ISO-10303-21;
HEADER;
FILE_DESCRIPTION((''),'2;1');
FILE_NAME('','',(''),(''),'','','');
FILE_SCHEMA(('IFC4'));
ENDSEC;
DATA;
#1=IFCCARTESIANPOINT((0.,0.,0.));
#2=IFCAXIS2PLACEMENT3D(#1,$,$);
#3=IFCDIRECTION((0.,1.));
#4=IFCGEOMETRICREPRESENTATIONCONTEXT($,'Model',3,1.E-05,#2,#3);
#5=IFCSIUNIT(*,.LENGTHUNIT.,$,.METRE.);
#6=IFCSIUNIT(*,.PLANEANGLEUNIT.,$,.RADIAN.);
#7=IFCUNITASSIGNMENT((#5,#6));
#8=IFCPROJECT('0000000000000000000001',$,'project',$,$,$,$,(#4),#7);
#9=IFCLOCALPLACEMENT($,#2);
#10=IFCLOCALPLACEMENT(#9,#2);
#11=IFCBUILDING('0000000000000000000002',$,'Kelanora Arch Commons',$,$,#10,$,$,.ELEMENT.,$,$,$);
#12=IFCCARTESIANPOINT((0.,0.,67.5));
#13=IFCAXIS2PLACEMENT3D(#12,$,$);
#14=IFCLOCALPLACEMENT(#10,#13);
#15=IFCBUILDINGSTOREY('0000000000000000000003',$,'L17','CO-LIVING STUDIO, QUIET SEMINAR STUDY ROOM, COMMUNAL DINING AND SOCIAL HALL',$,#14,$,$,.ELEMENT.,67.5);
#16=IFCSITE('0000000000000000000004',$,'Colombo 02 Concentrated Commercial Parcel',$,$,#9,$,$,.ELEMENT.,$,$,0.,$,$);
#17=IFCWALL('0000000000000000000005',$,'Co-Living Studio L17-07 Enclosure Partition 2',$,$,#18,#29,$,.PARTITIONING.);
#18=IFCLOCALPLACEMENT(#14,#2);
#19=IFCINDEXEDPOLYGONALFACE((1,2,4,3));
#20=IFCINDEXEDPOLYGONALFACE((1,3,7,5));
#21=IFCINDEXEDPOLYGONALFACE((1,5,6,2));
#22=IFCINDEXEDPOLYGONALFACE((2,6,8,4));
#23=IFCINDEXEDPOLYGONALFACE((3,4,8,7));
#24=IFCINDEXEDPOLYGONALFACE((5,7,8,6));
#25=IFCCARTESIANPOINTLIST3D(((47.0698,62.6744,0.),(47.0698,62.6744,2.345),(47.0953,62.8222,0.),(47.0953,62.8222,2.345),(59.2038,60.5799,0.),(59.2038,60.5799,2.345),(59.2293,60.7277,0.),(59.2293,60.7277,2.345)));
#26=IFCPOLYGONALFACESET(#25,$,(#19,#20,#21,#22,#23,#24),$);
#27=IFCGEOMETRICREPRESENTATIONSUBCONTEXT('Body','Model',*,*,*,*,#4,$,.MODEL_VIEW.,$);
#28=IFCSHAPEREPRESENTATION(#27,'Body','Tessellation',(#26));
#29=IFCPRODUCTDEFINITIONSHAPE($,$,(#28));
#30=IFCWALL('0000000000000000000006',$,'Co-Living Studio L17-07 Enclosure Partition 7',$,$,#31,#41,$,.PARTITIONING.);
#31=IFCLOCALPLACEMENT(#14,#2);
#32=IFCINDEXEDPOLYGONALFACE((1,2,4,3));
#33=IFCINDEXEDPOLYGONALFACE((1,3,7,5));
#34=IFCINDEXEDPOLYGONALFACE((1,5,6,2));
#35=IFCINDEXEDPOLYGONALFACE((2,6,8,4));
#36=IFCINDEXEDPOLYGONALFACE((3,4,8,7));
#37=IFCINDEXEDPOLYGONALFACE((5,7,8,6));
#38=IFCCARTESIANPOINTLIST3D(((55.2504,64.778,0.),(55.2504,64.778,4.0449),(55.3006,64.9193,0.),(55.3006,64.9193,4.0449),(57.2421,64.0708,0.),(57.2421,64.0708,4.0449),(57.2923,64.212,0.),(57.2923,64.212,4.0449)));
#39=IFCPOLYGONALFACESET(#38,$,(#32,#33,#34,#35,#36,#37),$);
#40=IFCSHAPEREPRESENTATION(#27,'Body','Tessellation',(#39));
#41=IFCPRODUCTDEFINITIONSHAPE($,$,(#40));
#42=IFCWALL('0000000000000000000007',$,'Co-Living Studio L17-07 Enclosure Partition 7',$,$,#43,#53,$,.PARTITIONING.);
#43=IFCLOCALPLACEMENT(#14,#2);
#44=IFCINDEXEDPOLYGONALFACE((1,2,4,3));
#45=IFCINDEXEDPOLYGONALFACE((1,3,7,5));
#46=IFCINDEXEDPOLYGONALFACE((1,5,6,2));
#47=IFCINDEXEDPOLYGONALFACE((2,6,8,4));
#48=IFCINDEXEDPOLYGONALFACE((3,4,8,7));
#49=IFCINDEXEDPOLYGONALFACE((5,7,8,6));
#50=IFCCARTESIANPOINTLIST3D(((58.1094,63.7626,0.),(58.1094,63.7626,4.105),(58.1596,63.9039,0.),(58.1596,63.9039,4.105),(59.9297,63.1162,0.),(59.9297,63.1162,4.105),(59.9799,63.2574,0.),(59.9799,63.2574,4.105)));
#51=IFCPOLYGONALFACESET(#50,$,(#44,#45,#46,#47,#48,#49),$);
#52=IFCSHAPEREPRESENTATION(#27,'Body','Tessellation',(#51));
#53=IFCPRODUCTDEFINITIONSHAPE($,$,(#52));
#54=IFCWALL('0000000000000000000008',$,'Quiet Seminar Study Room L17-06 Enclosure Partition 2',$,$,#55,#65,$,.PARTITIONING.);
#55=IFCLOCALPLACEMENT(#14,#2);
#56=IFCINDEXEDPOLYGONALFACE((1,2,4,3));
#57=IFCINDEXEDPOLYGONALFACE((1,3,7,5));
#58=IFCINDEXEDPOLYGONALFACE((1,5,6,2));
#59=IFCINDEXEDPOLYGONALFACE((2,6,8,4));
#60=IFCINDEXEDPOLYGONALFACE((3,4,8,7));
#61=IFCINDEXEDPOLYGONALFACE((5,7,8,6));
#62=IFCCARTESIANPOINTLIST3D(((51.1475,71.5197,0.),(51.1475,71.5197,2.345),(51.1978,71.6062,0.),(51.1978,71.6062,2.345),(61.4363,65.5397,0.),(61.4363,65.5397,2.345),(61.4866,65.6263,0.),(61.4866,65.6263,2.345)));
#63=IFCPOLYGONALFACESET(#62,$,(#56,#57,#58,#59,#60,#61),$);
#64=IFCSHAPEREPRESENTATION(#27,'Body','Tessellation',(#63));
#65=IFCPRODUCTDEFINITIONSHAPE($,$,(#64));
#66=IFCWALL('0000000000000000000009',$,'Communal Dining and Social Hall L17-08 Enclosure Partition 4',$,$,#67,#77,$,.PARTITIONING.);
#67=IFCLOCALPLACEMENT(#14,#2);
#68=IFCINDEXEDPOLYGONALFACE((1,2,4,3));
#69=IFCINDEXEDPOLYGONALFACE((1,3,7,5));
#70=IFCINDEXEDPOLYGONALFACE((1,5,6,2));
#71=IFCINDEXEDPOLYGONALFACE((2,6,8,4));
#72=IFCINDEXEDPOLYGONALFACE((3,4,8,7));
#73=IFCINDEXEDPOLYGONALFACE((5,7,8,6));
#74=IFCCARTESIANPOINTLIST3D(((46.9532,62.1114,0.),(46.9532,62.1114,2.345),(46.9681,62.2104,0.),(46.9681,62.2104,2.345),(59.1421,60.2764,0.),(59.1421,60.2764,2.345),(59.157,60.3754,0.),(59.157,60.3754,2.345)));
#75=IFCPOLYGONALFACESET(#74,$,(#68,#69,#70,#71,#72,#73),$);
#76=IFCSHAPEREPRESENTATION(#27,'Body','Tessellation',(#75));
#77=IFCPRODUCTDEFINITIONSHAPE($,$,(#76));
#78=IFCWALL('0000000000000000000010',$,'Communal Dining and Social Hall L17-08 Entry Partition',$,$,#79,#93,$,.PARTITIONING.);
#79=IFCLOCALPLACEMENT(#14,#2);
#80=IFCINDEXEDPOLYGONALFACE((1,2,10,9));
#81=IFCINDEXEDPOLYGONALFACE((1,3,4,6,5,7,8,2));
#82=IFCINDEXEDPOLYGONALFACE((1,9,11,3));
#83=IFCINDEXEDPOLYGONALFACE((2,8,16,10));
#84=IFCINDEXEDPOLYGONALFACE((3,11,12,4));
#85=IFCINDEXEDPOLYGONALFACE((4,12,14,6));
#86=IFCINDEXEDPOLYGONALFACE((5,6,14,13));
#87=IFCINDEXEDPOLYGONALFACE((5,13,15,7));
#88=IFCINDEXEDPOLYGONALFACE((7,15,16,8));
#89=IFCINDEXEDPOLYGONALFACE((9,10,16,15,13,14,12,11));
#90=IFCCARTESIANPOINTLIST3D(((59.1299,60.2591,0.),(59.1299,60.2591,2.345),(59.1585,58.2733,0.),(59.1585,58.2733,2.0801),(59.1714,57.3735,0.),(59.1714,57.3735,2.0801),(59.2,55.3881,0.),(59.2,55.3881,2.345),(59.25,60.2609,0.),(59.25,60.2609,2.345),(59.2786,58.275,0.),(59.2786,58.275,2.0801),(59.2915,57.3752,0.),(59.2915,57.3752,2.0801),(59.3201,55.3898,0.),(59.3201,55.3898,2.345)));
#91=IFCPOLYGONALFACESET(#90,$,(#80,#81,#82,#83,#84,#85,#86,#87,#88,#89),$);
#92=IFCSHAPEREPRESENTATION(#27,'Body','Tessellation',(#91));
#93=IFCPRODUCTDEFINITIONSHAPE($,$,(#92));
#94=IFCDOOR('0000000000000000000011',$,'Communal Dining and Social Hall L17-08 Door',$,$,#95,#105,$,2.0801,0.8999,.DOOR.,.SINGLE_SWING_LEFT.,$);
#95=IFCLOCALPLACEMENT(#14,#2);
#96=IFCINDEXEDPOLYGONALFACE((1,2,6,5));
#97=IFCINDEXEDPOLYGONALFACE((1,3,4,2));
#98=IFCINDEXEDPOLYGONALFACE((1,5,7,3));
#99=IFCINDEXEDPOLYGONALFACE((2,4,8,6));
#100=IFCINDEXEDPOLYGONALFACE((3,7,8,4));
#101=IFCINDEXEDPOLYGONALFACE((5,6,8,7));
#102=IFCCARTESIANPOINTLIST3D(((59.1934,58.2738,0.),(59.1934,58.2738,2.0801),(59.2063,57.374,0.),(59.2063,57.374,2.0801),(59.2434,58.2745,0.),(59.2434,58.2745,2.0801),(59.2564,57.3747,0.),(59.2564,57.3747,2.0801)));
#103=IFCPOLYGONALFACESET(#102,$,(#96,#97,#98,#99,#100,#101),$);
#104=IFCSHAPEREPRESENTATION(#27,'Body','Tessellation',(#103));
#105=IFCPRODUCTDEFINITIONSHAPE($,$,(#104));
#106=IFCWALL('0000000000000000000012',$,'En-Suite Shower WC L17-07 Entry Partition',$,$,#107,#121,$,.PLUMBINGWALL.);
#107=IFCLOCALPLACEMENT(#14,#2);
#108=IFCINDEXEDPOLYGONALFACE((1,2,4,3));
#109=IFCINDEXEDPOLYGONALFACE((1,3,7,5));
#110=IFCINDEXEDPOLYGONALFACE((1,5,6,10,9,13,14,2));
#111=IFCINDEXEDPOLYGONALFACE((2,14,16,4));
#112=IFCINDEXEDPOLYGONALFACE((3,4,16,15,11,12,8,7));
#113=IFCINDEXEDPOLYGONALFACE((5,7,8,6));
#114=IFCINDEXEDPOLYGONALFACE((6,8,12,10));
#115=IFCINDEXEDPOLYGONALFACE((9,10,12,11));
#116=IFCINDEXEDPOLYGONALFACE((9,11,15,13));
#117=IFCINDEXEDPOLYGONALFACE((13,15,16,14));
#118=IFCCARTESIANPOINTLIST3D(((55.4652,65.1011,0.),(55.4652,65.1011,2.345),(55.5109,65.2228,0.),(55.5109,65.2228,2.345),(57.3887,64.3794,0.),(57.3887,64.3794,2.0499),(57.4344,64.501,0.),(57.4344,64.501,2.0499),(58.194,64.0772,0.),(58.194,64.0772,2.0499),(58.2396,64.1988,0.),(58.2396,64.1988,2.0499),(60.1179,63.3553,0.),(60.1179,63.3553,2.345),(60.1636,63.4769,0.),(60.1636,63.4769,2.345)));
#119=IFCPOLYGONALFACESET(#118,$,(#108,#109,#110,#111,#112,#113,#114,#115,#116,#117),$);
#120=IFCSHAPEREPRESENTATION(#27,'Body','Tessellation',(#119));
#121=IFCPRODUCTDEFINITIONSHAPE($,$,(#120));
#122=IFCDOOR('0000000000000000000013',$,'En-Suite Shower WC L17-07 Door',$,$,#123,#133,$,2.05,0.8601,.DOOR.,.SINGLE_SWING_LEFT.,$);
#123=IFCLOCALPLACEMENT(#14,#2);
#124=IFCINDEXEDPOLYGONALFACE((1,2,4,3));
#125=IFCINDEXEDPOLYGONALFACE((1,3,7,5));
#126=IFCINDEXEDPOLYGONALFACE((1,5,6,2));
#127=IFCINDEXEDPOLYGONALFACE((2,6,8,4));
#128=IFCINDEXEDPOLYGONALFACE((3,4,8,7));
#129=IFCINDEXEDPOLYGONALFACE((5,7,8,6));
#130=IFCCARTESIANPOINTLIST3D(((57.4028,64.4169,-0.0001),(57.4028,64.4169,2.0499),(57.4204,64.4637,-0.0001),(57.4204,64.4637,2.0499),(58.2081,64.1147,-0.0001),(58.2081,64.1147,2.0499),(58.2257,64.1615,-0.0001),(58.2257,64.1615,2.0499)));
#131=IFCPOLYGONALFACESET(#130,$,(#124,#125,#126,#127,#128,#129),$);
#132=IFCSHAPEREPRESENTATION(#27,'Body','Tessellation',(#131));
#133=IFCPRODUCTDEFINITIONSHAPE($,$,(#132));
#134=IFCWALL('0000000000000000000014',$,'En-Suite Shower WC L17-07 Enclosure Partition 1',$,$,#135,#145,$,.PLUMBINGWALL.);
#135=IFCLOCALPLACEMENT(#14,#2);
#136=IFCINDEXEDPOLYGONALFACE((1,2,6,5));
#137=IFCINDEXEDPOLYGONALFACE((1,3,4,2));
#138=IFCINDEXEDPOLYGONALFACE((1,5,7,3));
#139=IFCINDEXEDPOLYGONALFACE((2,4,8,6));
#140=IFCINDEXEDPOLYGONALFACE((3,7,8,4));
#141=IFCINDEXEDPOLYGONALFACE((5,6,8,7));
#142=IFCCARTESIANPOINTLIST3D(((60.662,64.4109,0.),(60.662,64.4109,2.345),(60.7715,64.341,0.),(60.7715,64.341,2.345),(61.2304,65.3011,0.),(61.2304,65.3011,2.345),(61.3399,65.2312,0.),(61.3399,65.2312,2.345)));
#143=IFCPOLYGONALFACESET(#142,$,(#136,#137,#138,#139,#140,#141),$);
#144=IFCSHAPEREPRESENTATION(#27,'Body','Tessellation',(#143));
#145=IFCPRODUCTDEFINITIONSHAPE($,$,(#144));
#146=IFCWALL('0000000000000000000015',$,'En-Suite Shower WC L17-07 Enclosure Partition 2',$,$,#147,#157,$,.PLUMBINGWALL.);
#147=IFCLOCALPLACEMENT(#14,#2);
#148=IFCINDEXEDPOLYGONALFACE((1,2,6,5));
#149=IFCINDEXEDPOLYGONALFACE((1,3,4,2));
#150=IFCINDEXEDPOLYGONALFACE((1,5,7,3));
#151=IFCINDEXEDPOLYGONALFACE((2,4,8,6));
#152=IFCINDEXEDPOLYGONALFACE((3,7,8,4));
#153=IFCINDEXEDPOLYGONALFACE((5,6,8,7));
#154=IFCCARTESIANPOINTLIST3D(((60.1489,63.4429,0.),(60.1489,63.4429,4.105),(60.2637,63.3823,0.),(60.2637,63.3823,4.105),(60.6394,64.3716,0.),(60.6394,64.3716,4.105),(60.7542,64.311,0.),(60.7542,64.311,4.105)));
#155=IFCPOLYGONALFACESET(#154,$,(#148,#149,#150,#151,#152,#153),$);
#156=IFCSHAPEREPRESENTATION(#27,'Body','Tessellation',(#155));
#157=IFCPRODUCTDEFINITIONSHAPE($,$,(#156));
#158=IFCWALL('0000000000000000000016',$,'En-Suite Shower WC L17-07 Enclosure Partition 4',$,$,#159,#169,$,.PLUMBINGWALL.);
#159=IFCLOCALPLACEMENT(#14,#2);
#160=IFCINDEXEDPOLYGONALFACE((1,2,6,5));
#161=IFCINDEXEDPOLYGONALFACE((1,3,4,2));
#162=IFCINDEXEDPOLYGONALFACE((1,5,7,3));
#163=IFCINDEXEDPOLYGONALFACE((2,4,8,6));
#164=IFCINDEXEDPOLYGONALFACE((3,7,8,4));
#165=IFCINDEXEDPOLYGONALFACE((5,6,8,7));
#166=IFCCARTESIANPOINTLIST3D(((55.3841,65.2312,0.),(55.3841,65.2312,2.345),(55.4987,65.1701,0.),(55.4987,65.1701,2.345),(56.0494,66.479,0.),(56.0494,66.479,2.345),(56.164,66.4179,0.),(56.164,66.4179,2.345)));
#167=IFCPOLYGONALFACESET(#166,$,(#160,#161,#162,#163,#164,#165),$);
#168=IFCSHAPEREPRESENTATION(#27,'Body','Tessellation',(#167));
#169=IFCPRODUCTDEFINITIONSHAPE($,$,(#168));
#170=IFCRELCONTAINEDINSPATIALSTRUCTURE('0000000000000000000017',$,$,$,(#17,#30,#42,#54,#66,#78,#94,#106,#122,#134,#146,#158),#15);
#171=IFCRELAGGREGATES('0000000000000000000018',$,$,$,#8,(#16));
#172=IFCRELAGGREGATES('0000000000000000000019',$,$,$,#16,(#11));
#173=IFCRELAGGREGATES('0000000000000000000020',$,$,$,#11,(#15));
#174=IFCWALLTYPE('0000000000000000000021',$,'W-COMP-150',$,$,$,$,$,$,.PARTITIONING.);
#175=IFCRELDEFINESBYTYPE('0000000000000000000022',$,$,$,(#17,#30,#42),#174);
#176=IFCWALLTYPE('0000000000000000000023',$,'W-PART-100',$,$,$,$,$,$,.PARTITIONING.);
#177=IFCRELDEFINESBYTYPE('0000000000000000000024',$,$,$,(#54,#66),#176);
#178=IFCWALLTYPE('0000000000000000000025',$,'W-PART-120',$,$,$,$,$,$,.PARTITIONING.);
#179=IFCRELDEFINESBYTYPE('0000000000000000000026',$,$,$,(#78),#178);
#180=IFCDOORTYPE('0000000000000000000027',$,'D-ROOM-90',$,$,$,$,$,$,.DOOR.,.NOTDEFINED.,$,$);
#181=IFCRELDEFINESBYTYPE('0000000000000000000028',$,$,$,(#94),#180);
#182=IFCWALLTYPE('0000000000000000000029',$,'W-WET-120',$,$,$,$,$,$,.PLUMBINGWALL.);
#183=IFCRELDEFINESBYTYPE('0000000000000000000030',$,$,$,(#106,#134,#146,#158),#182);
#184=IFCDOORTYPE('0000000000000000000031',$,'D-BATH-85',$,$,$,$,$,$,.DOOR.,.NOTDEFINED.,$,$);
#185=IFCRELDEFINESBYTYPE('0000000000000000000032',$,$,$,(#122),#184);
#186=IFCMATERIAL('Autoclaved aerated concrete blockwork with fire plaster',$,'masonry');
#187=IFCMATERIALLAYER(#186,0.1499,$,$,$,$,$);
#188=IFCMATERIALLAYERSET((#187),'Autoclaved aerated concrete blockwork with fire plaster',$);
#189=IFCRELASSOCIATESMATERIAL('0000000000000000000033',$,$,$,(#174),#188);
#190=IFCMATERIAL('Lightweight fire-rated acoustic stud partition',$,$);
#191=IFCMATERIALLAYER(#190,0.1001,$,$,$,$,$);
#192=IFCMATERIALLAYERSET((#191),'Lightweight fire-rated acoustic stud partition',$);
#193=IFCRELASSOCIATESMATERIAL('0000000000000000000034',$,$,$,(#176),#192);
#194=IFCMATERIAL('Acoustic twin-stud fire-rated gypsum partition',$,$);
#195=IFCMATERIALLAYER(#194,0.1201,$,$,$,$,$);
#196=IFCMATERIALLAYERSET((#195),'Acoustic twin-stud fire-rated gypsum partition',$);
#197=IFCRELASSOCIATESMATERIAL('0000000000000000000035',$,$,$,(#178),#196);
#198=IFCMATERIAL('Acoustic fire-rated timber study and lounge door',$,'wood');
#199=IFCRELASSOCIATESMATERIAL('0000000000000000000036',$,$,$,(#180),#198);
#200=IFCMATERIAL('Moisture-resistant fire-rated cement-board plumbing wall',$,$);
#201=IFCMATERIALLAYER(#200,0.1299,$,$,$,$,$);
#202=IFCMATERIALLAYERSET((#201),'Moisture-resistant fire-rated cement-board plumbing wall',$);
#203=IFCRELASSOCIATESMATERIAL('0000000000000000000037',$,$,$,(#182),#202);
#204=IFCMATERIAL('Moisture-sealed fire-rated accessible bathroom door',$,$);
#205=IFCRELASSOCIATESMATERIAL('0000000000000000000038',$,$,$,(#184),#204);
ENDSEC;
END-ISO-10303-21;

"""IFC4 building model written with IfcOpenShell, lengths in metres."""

from ifc_helpers import new_model, si_unit, direction, frame, frame_2d, origin, place, context, subcontext, project, spatial, rectangle, extrude, material, layer, layer_set, type_object, element, fill, save


model = new_model("IFC4")

# Units and contexts
model_context = context("Model", 3, precision=1e-05, world=origin(), true_north=direction((0.0, 1.0)))
body_context = subcontext(model_context, "Body", "Model", "MODEL_VIEW")
ifc_project = project(units=[si_unit("LENGTHUNIT", "METRE"), si_unit("PLANEANGLEUNIT", "RADIAN")], contexts=[model_context])

# Site, building, storey
site_placement = place(None, origin())
site = spatial("IfcSite", under=ifc_project, at=site_placement, Name="Colombo 02 Concentrated Commercial Parcel", CompositionType="ELEMENT", RefElevation=0.0)
building_placement = place(site_placement, origin())
building = spatial("IfcBuilding", under=site, at=building_placement, Name="Kelanora Arch Commons", CompositionType="ELEMENT")
storey_placement = place(building_placement, frame((0.0, 0.0, 67.5)))
storey = spatial("IfcBuildingStorey", under=building, at=storey_placement, Name="L17", Description="CO-LIVING STUDIO, QUIET SEMINAR STUDY ROOM, COMMUNAL DINING AND SOCIAL HALL", CompositionType="ELEMENT", Elevation=67.5)

# Shared definitions
ifc_material_1 = material(Name="Autoclaved aerated concrete blockwork with fire plaster", Category="masonry")
ifc_layer_1 = layer(ifc_material_1, 0.1499)
ifc_layer_set_1 = layer_set([ifc_layer_1], Name="Autoclaved aerated concrete blockwork with fire plaster")
wall_type_1 = type_object("IfcWallType", Name="W-COMP-150", PredefinedType="PARTITIONING", material=ifc_layer_set_1)

# Walls
wall_1_placement = place(storey_placement, frame((59.2166, 60.6538, 0.0), z_axis=(0.0, 0.0, 1.0), x_axis=(-0.985427, 0.170097, 0.0)))
element("IfcWall", 1, at=wall_1_placement, inside=storey, type_object=wall_type_1, Name="Co-Living Studio L17-07 Enclosure Partition 2", PredefinedType="PARTITIONING", context=body_context, shape_type="SweptSolid", body=[
    extrude(rectangle(XDim=12.3135, YDim=0.1499, at=frame_2d((6.1567, 0.0))), origin(), (0.0, 0.0, 1.0), 2.345),
])
wall_2_placement = place(storey_placement, frame((55.2756, 64.8486, 0.0), z_axis=(0.0, 0.0, 1.0), x_axis=(0.942347, -0.334638, 0.0)))
element("IfcWall", 2, at=wall_2_placement, inside=storey, type_object=wall_type_1, Name="Co-Living Studio L17-07 Enclosure Partition 7", PredefinedType="PARTITIONING", context=body_context, shape_type="SweptSolid", body=[
    extrude(rectangle(XDim=2.1135, YDim=0.1499, at=frame_2d((1.0566, 0.0))), origin(), (0.0, 0.0, 1.0), 4.0449),
])
wall_3_placement = place(storey_placement, frame((58.1345, 63.8333, 0.0), z_axis=(0.0, 0.0, 1.0), x_axis=(0.942335, -0.334671, 0.0)))
element("IfcWall", 3, at=wall_3_placement, inside=storey, type_object=wall_type_1, Name="Co-Living Studio L17-07 Enclosure Partition 7", PredefinedType="PARTITIONING", context=body_context, shape_type="SweptSolid", body=[
    extrude(rectangle(XDim=1.9316, YDim=0.1499, at=frame_2d((0.9658, 0.0))), origin(), (0.0, 0.0, 1.0), 4.105),
])
ifc_material_2 = material(Name="Lightweight fire-rated acoustic stud partition")
ifc_layer_2 = layer(ifc_material_2, 0.1001)
ifc_layer_set_2 = layer_set([ifc_layer_2], Name="Lightweight fire-rated acoustic stud partition")
wall_type_2 = type_object("IfcWallType", Name="W-PART-100", PredefinedType="PARTITIONING", material=ifc_layer_set_2)
wall_4_placement = place(storey_placement, frame((61.4614, 65.583, 0.0), z_axis=(0.0, 0.0, 1.0), x_axis=(-0.864576, 0.502502, 0.0)))
element("IfcWall", 4, at=wall_4_placement, inside=storey, type_object=wall_type_2, Name="Quiet Seminar Study Room L17-06 Enclosure Partition 2", PredefinedType="PARTITIONING", context=body_context, shape_type="SweptSolid", body=[
    extrude(rectangle(XDim=11.9004, YDim=0.1001, at=frame_2d((5.9502, 0.0))), origin(), (0.0, 0.0, 1.0), 2.345),
])
wall_5_placement = place(storey_placement, frame((46.9607, 62.1609, 0.0), z_axis=(0.0, 0.0, 1.0), x_axis=(0.988857, -0.148868, 0.0)))
element("IfcWall", 5, at=wall_5_placement, inside=storey, type_object=wall_type_2, Name="Communal Dining and Social Hall L17-08 Enclosure Partition 4", PredefinedType="PARTITIONING", context=body_context, shape_type="SweptSolid", body=[
    extrude(rectangle(XDim=12.3262, YDim=0.1001, at=frame_2d((6.1631, 0.0))), origin(), (0.0, 0.0, 1.0), 2.345),
])

# Walls, openings, doors
ifc_material_3 = material(Name="Acoustic twin-stud fire-rated gypsum partition")
ifc_layer_3 = layer(ifc_material_3, 0.1201)
ifc_layer_set_3 = layer_set([ifc_layer_3], Name="Acoustic twin-stud fire-rated gypsum partition")
wall_type_3 = type_object("IfcWallType", Name="W-PART-120", PredefinedType="PARTITIONING", material=ifc_layer_set_3)
wall_6_placement = place(storey_placement, frame((59.1899, 60.26, 0.0), z_axis=(0.0, 0.0, 1.0), x_axis=(0.014383, -0.999897, 0.0)))
wall_6 = element("IfcWall", 6, at=wall_6_placement, inside=storey, type_object=wall_type_3, Name="Communal Dining and Social Hall L17-08 Entry Partition", PredefinedType="PARTITIONING", context=body_context, shape_type="SweptSolid", body=[
    extrude(rectangle(XDim=4.8716, YDim=0.1201, at=frame_2d((2.4358, 0.0))), origin(), (0.0, 0.0, 1.0), 2.345),
])
opening_1_placement = place(wall_6_placement, frame((1.9861, 0.0, 0.0)))
opening_1 = element("IfcOpeningElement", 7, at=opening_1_placement, cuts=wall_6, PredefinedType="OPENING", context=body_context, shape_type="SweptSolid", body=[
    extrude(rectangle(XDim=0.8999, YDim=2.0801, at=frame_2d((0.45, 1.04))), frame((0.0, 0.0701, 0.0), z_axis=(0.0, -1.0, 0.0), x_axis=(1.0, 0.0, 0.0)), (0.0, 0.0, 1.0), 0.1401),
])
ifc_material_4 = material(Name="Acoustic fire-rated timber study and lounge door", Category="wood")
door_type_1 = type_object("IfcDoorType", Name="D-ROOM-90", OperationType="NOTDEFINED", PredefinedType="DOOR", material=ifc_material_4)
door_1_placement = place(opening_1_placement, origin())
door_1 = element("IfcDoor", 8, at=door_1_placement, inside=storey, type_object=door_type_1, Name="Communal Dining and Social Hall L17-08 Door", OperationType="SINGLE_SWING_LEFT", OverallHeight=2.0801, OverallWidth=0.8999, PredefinedType="DOOR", context=body_context, shape_type="SweptSolid", body=[
    extrude(rectangle(XDim=0.8999, YDim=2.0801, at=frame_2d((0.45, 1.04))), frame((0.0, 0.0249, 0.0), z_axis=(0.0, -1.0, 0.0), x_axis=(1.0, 0.0, 0.0)), (0.0, 0.0, 1.0), 0.05),
])
fill(opening_1, door_1)
ifc_material_5 = material(Name="Moisture-resistant fire-rated cement-board plumbing wall")
ifc_layer_4 = layer(ifc_material_5, 0.1299)
ifc_layer_set_4 = layer_set([ifc_layer_4], Name="Moisture-resistant fire-rated cement-board plumbing wall")
wall_type_4 = type_object("IfcWallType", Name="W-WET-120", PredefinedType="PLUMBINGWALL", material=ifc_layer_set_4)
wall_7_placement = place(storey_placement, frame((60.1409, 63.416, 0.0), z_axis=(0.0, 0.0, 1.0), x_axis=(-0.936254, 0.351323, 0.0)))
wall_7 = element("IfcWall", 9, at=wall_7_placement, inside=storey, type_object=wall_type_4, Name="En-Suite Shower WC L17-07 Entry Partition", PredefinedType="PLUMBINGWALL", context=body_context, shape_type="SweptSolid", body=[
    extrude(rectangle(XDim=4.9695, YDim=0.1299, at=frame_2d((2.4849, 0.0))), origin(), (0.0, 0.0, 1.0), 2.345),
])
opening_2_placement = place(wall_7_placement, frame((2.0549, 0.0, 0.0)))
opening_2 = element("IfcOpeningElement", 10, at=opening_2_placement, cuts=wall_7, PredefinedType="OPENING", context=body_context, shape_type="SweptSolid", body=[
    extrude(rectangle(XDim=0.8601, YDim=2.05, at=frame_2d((0.4302, 1.0249))), frame((0.0, 0.075, 0.0), z_axis=(0.0, -1.0, 0.0), x_axis=(1.0, 0.0, 0.0)), (0.0, 0.0, 1.0), 0.1499),
])
ifc_material_6 = material(Name="Moisture-sealed fire-rated accessible bathroom door")
door_type_2 = type_object("IfcDoorType", Name="D-BATH-85", OperationType="NOTDEFINED", PredefinedType="DOOR", material=ifc_material_6)
door_2_placement = place(opening_2_placement, origin())
door_2 = element("IfcDoor", 11, at=door_2_placement, inside=storey, type_object=door_type_2, Name="En-Suite Shower WC L17-07 Door", OperationType="SINGLE_SWING_LEFT", OverallHeight=2.05, OverallWidth=0.8601, PredefinedType="DOOR", context=body_context, shape_type="SweptSolid", body=[
    extrude(rectangle(XDim=0.8601, YDim=2.05, at=frame_2d((0.4302, 1.0249))), frame((0.0, 0.0249, 0.0), z_axis=(0.0, -1.0, 0.0), x_axis=(1.0, 0.0, 0.0)), (0.0, 0.0, 1.0), 0.05),
])
fill(opening_2, door_2)

# Walls
wall_8_placement = place(storey_placement, frame((61.2852, 65.2661, 0.0), z_axis=(0.0, 0.0, 1.0), x_axis=(-0.538161, -0.842842, 0.0)))
element("IfcWall", 12, at=wall_8_placement, inside=storey, type_object=wall_type_4, Name="En-Suite Shower WC L17-07 Enclosure Partition 1", PredefinedType="PLUMBINGWALL", context=body_context, shape_type="SweptSolid", body=[
    extrude(rectangle(XDim=1.0562, YDim=0.1299, at=frame_2d((0.5281, 0.0))), origin(), (0.0, 0.0, 1.0), 2.345),
])
wall_9_placement = place(storey_placement, frame((60.6968, 64.3413, 0.0), z_axis=(0.0, 0.0, 1.0), x_axis=(-0.467001, -0.884257, 0.0)))
element("IfcWall", 13, at=wall_9_placement, inside=storey, type_object=wall_type_4, Name="En-Suite Shower WC L17-07 Enclosure Partition 2", PredefinedType="PLUMBINGWALL", context=body_context, shape_type="SweptSolid", body=[
    extrude(rectangle(XDim=1.0503, YDim=0.1299, at=frame_2d((0.5251, 0.0))), origin(), (0.0, 0.0, 1.0), 4.105),
])
wall_10_placement = place(storey_placement, frame((55.4414, 65.2007, 0.0), z_axis=(0.0, 0.0, 1.0), x_axis=(0.470472, 0.882415, 0.0)))
element("IfcWall", 14, at=wall_10_placement, inside=storey, type_object=wall_type_4, Name="En-Suite Shower WC L17-07 Enclosure Partition 4", PredefinedType="PLUMBINGWALL", context=body_context, shape_type="SweptSolid", body=[
    extrude(rectangle(XDim=1.4141, YDim=0.1299, at=frame_2d((0.707, 0.0))), origin(), (0.0, 0.0, 1.0), 2.345),
])

save(model, "model.ifc")
